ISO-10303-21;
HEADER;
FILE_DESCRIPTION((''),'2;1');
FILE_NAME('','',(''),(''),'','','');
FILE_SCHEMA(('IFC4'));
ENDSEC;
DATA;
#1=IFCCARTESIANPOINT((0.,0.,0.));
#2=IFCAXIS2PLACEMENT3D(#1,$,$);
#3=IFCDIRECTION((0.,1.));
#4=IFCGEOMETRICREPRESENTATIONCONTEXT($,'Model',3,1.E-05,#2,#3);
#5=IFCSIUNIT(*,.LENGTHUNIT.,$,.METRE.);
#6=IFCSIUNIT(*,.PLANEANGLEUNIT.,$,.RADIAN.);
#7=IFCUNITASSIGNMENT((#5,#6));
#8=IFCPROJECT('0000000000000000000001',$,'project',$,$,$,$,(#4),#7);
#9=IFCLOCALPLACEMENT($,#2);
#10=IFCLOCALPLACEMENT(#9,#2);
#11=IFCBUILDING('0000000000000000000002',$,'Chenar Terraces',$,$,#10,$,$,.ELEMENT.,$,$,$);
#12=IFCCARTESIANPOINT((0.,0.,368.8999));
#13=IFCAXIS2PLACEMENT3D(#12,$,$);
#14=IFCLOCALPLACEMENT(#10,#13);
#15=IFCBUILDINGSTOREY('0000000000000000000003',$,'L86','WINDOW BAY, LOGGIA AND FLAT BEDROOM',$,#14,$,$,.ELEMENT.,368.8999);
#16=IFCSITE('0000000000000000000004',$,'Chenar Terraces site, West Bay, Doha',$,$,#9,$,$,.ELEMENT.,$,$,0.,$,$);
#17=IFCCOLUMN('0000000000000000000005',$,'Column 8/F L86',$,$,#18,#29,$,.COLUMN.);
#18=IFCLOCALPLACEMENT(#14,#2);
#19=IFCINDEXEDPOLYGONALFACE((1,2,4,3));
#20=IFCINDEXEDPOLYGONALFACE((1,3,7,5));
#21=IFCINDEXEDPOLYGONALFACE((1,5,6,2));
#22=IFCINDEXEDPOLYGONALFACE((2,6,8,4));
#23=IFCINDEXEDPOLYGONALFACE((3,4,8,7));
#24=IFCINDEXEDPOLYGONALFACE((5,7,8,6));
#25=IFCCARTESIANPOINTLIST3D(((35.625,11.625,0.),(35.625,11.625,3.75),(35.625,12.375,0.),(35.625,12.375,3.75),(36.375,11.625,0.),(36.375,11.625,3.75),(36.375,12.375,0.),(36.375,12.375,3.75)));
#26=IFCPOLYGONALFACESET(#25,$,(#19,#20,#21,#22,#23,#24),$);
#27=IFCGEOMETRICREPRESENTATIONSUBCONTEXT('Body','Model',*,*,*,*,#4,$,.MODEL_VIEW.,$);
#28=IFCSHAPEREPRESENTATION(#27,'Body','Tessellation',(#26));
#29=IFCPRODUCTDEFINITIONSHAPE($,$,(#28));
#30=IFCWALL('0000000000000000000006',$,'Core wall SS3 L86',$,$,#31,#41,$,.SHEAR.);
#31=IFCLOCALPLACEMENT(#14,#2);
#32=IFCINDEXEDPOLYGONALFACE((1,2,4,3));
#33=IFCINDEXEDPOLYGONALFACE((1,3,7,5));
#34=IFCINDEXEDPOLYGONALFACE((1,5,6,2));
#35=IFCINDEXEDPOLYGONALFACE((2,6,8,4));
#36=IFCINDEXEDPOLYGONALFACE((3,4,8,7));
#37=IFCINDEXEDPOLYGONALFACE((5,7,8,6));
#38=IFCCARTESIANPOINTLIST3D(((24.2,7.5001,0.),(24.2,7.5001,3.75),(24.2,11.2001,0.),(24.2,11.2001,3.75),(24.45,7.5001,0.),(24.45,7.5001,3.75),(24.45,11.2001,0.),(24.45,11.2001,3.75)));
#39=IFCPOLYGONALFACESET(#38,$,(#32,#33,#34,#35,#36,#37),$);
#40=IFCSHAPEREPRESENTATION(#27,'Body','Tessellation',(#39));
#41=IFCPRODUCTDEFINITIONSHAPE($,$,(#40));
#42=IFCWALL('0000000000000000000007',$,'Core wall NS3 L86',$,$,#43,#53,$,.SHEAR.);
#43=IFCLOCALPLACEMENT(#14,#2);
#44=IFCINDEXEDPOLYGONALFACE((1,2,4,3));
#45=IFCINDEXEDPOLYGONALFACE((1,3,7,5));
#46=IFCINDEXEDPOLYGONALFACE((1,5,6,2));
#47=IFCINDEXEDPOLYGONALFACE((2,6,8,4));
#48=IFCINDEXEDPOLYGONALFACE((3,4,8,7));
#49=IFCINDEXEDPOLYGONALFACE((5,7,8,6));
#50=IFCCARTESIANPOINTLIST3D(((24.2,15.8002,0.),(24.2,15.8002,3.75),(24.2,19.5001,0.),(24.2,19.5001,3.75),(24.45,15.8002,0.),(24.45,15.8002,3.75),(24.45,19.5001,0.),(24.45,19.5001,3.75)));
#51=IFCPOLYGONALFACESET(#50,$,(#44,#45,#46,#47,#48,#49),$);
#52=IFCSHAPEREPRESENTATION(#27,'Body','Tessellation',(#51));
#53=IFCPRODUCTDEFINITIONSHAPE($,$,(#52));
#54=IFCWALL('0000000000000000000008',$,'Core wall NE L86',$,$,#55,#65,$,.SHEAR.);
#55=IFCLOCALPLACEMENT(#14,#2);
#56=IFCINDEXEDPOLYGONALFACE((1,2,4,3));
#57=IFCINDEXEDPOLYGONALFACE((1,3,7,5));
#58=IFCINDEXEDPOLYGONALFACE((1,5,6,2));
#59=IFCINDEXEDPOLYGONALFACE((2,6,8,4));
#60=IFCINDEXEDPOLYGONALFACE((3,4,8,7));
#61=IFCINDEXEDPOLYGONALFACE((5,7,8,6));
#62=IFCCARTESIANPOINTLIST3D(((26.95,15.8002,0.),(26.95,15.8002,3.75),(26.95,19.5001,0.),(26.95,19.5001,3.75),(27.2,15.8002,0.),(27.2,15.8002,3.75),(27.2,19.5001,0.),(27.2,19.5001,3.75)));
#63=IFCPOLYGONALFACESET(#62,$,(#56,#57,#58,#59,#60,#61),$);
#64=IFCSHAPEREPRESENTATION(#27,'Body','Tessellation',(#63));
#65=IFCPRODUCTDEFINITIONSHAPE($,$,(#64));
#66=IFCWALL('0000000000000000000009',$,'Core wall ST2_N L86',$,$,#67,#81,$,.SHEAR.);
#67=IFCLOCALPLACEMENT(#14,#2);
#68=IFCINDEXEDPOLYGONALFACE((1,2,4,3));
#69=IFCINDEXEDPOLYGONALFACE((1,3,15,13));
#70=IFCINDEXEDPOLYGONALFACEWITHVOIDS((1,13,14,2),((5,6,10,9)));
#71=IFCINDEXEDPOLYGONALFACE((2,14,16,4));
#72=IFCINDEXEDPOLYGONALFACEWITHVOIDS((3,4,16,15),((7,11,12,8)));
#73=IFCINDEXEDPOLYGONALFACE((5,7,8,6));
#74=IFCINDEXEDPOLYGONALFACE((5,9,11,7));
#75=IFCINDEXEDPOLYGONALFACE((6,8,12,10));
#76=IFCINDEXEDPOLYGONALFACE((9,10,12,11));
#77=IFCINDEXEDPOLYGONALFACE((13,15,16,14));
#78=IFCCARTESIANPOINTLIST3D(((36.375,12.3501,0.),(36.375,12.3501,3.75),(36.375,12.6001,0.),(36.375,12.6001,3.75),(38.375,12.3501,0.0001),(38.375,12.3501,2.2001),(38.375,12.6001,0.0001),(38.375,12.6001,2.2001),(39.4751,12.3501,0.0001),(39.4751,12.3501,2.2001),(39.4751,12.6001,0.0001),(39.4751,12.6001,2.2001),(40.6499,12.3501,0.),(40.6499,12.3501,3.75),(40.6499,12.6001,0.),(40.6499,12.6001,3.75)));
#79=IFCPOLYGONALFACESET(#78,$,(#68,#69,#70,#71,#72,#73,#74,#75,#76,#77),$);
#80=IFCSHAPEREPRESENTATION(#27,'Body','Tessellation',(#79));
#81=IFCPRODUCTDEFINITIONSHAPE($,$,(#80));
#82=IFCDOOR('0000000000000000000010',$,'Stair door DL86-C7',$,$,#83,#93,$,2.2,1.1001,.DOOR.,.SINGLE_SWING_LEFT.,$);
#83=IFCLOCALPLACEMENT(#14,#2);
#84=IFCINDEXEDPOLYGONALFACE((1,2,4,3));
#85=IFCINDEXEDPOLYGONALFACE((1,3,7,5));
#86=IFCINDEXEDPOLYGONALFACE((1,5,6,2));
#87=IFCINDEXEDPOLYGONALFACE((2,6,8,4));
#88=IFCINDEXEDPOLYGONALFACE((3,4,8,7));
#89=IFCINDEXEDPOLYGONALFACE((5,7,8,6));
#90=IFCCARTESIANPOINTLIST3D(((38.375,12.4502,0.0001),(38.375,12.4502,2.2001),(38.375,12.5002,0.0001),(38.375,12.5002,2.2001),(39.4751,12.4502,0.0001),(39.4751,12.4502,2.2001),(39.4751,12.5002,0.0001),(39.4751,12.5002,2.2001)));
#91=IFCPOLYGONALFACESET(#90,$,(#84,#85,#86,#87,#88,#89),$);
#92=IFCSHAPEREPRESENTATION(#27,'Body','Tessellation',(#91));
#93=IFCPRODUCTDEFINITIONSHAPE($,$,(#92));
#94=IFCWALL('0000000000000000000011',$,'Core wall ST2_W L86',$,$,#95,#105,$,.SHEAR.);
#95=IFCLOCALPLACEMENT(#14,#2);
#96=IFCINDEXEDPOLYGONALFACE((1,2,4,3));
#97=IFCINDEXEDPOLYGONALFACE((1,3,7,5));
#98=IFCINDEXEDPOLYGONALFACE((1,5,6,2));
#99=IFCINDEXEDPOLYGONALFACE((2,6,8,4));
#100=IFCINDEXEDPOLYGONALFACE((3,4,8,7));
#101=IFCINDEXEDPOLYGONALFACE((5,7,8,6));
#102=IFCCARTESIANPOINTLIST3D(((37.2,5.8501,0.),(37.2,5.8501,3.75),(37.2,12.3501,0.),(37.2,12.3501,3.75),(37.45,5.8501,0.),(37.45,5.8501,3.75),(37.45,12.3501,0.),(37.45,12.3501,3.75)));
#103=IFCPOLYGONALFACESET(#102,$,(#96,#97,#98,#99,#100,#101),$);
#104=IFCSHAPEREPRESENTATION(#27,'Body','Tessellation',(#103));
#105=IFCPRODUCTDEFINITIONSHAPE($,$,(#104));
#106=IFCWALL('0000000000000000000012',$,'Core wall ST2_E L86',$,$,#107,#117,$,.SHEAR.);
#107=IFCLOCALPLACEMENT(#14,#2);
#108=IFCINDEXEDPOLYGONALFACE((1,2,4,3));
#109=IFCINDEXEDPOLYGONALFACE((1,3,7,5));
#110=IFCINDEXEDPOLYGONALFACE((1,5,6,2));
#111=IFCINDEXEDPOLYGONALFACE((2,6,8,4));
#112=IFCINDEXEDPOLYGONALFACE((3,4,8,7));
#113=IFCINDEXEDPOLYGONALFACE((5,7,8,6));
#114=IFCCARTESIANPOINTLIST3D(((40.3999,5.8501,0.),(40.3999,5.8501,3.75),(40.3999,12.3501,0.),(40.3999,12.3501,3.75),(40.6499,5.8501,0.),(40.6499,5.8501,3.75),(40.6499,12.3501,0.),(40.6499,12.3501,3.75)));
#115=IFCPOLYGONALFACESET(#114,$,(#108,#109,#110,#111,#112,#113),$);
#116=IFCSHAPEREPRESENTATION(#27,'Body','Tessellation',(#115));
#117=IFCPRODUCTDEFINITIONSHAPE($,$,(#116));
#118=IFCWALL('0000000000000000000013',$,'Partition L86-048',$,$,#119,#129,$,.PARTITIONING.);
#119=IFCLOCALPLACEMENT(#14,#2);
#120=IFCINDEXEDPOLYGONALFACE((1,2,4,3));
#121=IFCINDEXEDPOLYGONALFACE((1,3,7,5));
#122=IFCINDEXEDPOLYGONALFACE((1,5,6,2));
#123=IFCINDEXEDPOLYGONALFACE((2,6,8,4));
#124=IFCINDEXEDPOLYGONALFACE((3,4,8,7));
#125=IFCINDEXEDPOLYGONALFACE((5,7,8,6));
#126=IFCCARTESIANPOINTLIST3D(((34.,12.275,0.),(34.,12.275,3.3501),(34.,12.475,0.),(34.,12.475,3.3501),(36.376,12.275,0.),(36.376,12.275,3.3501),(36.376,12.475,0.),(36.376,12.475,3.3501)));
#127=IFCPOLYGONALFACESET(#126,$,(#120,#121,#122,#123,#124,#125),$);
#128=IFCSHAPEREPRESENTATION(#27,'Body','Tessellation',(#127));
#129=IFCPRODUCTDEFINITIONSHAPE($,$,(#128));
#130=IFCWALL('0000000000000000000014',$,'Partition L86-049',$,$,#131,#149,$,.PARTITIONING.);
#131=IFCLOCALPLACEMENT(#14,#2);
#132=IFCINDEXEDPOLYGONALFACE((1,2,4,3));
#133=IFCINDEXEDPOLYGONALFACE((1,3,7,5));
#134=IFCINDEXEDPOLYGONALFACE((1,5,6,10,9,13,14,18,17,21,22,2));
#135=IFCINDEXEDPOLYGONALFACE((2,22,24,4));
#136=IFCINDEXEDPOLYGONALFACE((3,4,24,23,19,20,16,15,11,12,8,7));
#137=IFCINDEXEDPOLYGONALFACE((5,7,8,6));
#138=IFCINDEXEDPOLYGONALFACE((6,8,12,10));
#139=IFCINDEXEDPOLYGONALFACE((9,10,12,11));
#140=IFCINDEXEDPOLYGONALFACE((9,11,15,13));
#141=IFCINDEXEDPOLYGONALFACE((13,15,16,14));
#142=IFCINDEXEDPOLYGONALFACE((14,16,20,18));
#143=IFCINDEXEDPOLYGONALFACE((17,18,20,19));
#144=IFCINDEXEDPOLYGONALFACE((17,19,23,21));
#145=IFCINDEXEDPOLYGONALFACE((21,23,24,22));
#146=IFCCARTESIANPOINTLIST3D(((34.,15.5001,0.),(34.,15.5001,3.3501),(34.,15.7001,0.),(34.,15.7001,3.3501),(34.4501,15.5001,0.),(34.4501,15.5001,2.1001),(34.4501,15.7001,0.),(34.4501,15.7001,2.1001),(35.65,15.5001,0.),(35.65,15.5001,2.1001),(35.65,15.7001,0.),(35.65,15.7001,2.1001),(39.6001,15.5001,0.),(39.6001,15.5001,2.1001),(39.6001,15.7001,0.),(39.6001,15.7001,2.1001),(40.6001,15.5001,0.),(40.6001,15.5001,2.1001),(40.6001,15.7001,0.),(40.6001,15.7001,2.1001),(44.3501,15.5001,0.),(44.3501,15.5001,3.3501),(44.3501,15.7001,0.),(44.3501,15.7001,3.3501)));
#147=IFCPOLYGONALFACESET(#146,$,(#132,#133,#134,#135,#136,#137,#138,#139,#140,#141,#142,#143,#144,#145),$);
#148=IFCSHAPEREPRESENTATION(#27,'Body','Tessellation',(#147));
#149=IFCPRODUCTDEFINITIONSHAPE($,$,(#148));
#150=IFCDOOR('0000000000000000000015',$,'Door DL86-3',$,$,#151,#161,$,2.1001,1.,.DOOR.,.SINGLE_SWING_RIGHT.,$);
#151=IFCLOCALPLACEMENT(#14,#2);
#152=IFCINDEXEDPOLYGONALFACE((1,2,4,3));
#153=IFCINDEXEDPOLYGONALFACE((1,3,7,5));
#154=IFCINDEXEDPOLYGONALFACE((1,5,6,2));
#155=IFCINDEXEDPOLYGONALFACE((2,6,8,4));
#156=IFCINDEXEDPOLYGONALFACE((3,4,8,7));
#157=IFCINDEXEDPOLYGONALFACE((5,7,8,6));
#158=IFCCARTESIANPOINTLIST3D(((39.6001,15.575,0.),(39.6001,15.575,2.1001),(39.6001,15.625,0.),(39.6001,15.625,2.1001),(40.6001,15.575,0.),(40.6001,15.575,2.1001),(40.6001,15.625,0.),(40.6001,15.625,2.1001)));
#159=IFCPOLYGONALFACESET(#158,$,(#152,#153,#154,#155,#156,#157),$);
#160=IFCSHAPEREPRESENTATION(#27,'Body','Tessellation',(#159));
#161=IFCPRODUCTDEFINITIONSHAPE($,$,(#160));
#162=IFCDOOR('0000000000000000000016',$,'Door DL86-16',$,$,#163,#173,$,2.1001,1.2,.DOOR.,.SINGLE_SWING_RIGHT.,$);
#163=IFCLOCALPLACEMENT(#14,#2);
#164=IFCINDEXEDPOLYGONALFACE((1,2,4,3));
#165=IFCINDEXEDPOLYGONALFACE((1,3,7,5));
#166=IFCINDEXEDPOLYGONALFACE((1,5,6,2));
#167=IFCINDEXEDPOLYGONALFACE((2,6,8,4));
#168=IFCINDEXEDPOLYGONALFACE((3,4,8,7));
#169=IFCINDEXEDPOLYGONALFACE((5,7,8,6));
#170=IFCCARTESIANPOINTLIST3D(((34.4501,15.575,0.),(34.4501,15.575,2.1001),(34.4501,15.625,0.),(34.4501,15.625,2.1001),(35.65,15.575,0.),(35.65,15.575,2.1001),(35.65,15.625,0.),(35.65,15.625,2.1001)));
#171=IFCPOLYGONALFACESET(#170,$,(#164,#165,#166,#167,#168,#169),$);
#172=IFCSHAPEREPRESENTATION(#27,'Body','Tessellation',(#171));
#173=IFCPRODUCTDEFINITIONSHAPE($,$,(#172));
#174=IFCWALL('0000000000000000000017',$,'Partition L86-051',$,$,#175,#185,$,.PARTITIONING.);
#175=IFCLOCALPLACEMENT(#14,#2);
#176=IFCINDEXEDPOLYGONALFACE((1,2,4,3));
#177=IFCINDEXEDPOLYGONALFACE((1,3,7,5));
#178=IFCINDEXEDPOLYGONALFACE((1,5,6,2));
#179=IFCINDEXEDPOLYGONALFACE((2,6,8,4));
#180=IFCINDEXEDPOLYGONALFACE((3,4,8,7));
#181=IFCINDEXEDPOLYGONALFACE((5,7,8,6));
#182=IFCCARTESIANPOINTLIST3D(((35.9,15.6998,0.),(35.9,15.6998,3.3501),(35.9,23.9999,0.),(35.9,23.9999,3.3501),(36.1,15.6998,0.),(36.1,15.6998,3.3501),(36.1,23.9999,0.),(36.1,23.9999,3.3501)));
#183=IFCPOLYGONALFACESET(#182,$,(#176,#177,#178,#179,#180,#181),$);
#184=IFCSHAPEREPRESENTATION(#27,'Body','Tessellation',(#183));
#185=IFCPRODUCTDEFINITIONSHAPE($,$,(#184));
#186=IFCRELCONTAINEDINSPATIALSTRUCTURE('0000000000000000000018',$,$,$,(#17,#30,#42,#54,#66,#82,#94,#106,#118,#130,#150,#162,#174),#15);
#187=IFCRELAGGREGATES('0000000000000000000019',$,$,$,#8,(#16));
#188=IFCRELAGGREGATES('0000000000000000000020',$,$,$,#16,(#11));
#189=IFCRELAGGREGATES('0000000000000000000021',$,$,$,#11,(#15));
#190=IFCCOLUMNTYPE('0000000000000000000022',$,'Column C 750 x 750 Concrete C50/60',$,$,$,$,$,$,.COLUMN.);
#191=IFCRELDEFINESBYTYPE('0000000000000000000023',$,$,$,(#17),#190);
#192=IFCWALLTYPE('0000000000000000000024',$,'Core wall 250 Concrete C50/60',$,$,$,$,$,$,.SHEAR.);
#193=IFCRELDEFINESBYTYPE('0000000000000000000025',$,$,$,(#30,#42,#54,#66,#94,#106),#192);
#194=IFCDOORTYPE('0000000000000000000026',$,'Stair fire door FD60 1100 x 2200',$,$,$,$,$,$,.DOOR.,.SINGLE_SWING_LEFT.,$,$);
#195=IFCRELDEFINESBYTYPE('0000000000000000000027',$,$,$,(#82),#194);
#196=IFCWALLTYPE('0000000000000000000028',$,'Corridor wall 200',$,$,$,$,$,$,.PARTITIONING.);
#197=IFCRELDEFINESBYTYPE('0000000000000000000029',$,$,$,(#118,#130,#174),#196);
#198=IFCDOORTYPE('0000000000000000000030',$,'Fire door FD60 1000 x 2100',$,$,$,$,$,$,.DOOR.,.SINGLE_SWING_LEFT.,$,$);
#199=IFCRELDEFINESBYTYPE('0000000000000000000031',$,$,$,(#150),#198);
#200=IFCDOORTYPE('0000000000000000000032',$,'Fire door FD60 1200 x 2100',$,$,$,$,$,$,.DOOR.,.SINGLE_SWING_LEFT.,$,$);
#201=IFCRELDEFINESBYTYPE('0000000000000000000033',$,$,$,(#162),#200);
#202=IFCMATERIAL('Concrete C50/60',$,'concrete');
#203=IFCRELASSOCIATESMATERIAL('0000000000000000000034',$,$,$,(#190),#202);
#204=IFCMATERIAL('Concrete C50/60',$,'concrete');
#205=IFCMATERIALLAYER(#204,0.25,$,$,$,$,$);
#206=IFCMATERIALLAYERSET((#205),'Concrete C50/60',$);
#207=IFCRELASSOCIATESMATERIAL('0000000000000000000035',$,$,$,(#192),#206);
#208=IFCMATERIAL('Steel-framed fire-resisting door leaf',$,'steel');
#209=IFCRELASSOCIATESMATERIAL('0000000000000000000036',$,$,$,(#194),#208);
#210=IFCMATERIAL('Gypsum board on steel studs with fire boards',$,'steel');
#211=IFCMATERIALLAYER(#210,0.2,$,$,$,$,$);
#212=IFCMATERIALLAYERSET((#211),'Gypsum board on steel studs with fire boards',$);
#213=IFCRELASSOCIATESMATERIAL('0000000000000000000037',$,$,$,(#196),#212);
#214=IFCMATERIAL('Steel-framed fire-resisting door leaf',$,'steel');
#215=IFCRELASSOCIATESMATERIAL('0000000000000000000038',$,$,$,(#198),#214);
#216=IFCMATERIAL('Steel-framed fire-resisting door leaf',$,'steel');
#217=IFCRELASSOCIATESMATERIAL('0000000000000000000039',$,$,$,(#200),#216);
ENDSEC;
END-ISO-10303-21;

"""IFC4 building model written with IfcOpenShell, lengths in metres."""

from ifc_helpers import new_model, si_unit, direction, frame, frame_2d, origin, origin_2d, place, context, subcontext, project, spatial, rectangle, extrude, material, layer, layer_set, material_profile, profile_set, type_object, element, fill, save


model = new_model("IFC4")

# Units and contexts
model_context = context("Model", 3, precision=1e-05, world=origin(), true_north=direction((0.0, 1.0)))
body_context = subcontext(model_context, "Body", "Model", "MODEL_VIEW")
ifc_project = project(units=[si_unit("LENGTHUNIT", "METRE"), si_unit("PLANEANGLEUNIT", "RADIAN")], contexts=[model_context])

# Site, building, storey
site_placement = place(None, origin())
site = spatial("IfcSite", under=ifc_project, at=site_placement, Name="Chenar Terraces site, West Bay, Doha", CompositionType="ELEMENT", RefElevation=0.0)
building_placement = place(site_placement, origin())
building = spatial("IfcBuilding", under=site, at=building_placement, Name="Chenar Terraces", CompositionType="ELEMENT")
storey_placement = place(building_placement, frame((0.0, 0.0, 368.8999)))
storey = spatial("IfcBuildingStorey", under=building, at=storey_placement, Name="L86", Description="WINDOW BAY, LOGGIA AND FLAT BEDROOM", CompositionType="ELEMENT", Elevation=368.8999)

# Column
ifc_material_1 = material(Name="Concrete C50/60", Category="concrete")
ifc_material_profile = material_profile(ifc_material_1, rectangle(XDim=0.75, YDim=0.75, at=origin_2d()), Name="C 750 x 750")
ifc_profile_set = profile_set([ifc_material_profile], Name="Concrete C50/60")
column_type = type_object("IfcColumnType", Name="Column C 750 x 750 Concrete C50/60", PredefinedType="COLUMN", material=ifc_profile_set)
column_placement = place(storey_placement, frame((36.0, 12.0, 0.0), z_axis=(0.0, 0.0, 1.0), x_axis=(1.0, 0.0, 0.0)))
element("IfcColumn", 1, at=column_placement, inside=storey, type_object=column_type, Name="Column 8/F L86", PredefinedType="COLUMN", context=body_context, shape_type="SweptSolid", body=[
    extrude(rectangle(XDim=0.75, YDim=0.75, at=origin_2d()), origin(), (0.0, 0.0, 1.0), 3.75),
])

# Walls
ifc_material_2 = material(Name="Concrete C50/60", Category="concrete")
ifc_layer_1 = layer(ifc_material_2, 0.25)
ifc_layer_set_1 = layer_set([ifc_layer_1], Name="Concrete C50/60")
wall_type_1 = type_object("IfcWallType", Name="Core wall 250 Concrete C50/60", PredefinedType="SHEAR", material=ifc_layer_set_1)
for number, where, z_axis, x_axis, name in (
    (2, (24.325, 7.5, 0.0), (0.0, 0.0, 1.0), (0.0, 1.0, 0.0), "Core wall SS3 L86"),
    (3, (24.325, 15.8, 0.0), (0.0, 0.0, 1.0), (0.0, 1.0, 0.0), "Core wall NS3 L86"),
    (4, (27.075, 15.8, 0.0), (0.0, 0.0, 1.0), (0.0, 1.0, 0.0), "Core wall NE L86"),
):
    element("IfcWall", number, at=place(storey_placement, frame(where, z_axis=z_axis, x_axis=x_axis)), inside=storey, type_object=wall_type_1, Name=name, PredefinedType="SHEAR", context=body_context, shape_type="SweptSolid", body=[
        extrude(rectangle(XDim=3.7, YDim=0.25, at=frame_2d((1.8501, 0.0))), origin(), (0.0, 0.0, 1.0), 3.75),
    ])

# Wall, opening, door
wall_1_placement = place(storey_placement, frame((36.375, 12.4751, 0.0), z_axis=(0.0, 0.0, 1.0), x_axis=(1.0, 0.0, 0.0)))
wall_1 = element("IfcWall", 5, at=wall_1_placement, inside=storey, type_object=wall_type_1, Name="Core wall ST2_N L86", PredefinedType="SHEAR", context=body_context, shape_type="SweptSolid", body=[
    extrude(rectangle(XDim=4.2749, YDim=0.25, at=frame_2d((2.1375, 0.0))), origin(), (0.0, 0.0, 1.0), 3.75),
])
opening_1_placement = place(wall_1_placement, frame((2.0, 0.0, 0.0)))
opening_1 = element("IfcOpeningElement", 6, at=opening_1_placement, cuts=wall_1, PredefinedType="OPENING", context=body_context, shape_type="SweptSolid", body=[
    extrude(rectangle(XDim=1.1001, YDim=2.2, at=frame_2d((0.55, 1.1001))), frame((0.0, 0.135, 0.0), z_axis=(0.0, -1.0, 0.0), x_axis=(1.0, 0.0, 0.0)), (0.0, 0.0, 1.0), 0.27),
])
ifc_material_3 = material(Name="Steel-framed fire-resisting door leaf", Category="steel")
door_type_1 = type_object("IfcDoorType", Name="Stair fire door FD60 1100 x 2200", OperationType="SINGLE_SWING_LEFT", PredefinedType="DOOR", material=ifc_material_3)
door_1_placement = place(opening_1_placement, frame((1.1001, 0.0, 0.0), z_axis=(0.0, 0.0, 1.0), x_axis=(-1.0, 0.0, 0.0)))
door_1 = element("IfcDoor", 7, at=door_1_placement, inside=storey, type_object=door_type_1, Name="Stair door DL86-C7", OperationType="SINGLE_SWING_LEFT", OverallHeight=2.2, OverallWidth=1.1001, PredefinedType="DOOR", context=body_context, shape_type="SweptSolid", body=[
    extrude(rectangle(XDim=1.1001, YDim=2.2, at=frame_2d((0.55, 1.1001))), frame((0.0, 0.0249, 0.0), z_axis=(0.0, -1.0, 0.0), x_axis=(1.0, 0.0, 0.0)), (0.0, 0.0, 1.0), 0.05),
])
fill(opening_1, door_1)

# Walls
for number, where, z_axis, x_axis, name in (
    (8, (37.325, 5.8501, 0.0), (0.0, 0.0, 1.0), (0.0, 1.0, 0.0), "Core wall ST2_W L86"),
    (9, (40.5249, 5.8501, 0.0), (0.0, 0.0, 1.0), (0.0, 1.0, 0.0), "Core wall ST2_E L86"),
):
    element("IfcWall", number, at=place(storey_placement, frame(where, z_axis=z_axis, x_axis=x_axis)), inside=storey, type_object=wall_type_1, Name=name, PredefinedType="SHEAR", context=body_context, shape_type="SweptSolid", body=[
        extrude(rectangle(XDim=6.5, YDim=0.25, at=frame_2d((3.25, 0.0))), origin(), (0.0, 0.0, 1.0), 3.75),
    ])

# Wall
ifc_material_4 = material(Name="Gypsum board on steel studs with fire boards", Category="steel")
ifc_layer_2 = layer(ifc_material_4, 0.2)
ifc_layer_set_2 = layer_set([ifc_layer_2], Name="Gypsum board on steel studs with fire boards")
wall_type_2 = type_object("IfcWallType", Name="Corridor wall 200", PredefinedType="PARTITIONING", material=ifc_layer_set_2)
wall_2_placement = place(storey_placement, frame((34.0, 12.375, 0.0), z_axis=(0.0, 0.0, 1.0), x_axis=(1.0, 0.0, 0.0)))
element("IfcWall", 10, at=wall_2_placement, inside=storey, type_object=wall_type_2, Name="Partition L86-048", PredefinedType="PARTITIONING", context=body_context, shape_type="SweptSolid", body=[
    extrude(rectangle(XDim=2.376, YDim=0.2, at=frame_2d((1.188, 0.0))), origin(), (0.0, 0.0, 1.0), 3.3501),
])

# Wall, openings, doors
wall_3_placement = place(storey_placement, frame((34.0, 15.6001, 0.0), z_axis=(0.0, 0.0, 1.0), x_axis=(1.0, 0.0, 0.0)))
wall_3 = element("IfcWall", 11, at=wall_3_placement, inside=storey, type_object=wall_type_2, Name="Partition L86-049", PredefinedType="PARTITIONING", context=body_context, shape_type="SweptSolid", body=[
    extrude(rectangle(XDim=10.3501, YDim=0.2, at=frame_2d((5.175, 0.0))), origin(), (0.0, 0.0, 1.0), 3.3501),
])
opening_2_placement = place(wall_3_placement, frame((5.6001, 0.0, 0.0)))
opening_2 = element("IfcOpeningElement", 12, at=opening_2_placement, cuts=wall_3, PredefinedType="OPENING", context=body_context, shape_type="SweptSolid", body=[
    extrude(rectangle(XDim=1.0, YDim=2.1001, at=frame_2d((0.5, 1.05))), frame((0.0, 0.1099, 0.0), z_axis=(0.0, -1.0, 0.0), x_axis=(1.0, 0.0, 0.0)), (0.0, 0.0, 1.0), 0.22),
])
opening_3_placement = place(wall_3_placement, frame((0.45, 0.0, 0.0)))
opening_3 = element("IfcOpeningElement", 13, at=opening_3_placement, cuts=wall_3, PredefinedType="OPENING", context=body_context, shape_type="SweptSolid", body=[
    extrude(rectangle(XDim=1.2, YDim=2.1001, at=frame_2d((0.6001, 1.05))), frame((0.0, 0.1099, 0.0), z_axis=(0.0, -1.0, 0.0), x_axis=(1.0, 0.0, 0.0)), (0.0, 0.0, 1.0), 0.22),
])
ifc_material_5 = material(Name="Steel-framed fire-resisting door leaf", Category="steel")
door_type_2 = type_object("IfcDoorType", Name="Fire door FD60 1000 x 2100", OperationType="SINGLE_SWING_LEFT", PredefinedType="DOOR", material=ifc_material_5)
door_2_placement = place(opening_2_placement, origin())
door_2 = element("IfcDoor", 14, at=door_2_placement, inside=storey, type_object=door_type_2, Name="Door DL86-3", OperationType="SINGLE_SWING_RIGHT", OverallHeight=2.1001, OverallWidth=1.0, PredefinedType="DOOR", context=body_context, shape_type="SweptSolid", body=[
    extrude(rectangle(XDim=1.0, YDim=2.1001, at=frame_2d((0.5, 1.05))), frame((0.0, 0.0249, 0.0), z_axis=(0.0, -1.0, 0.0), x_axis=(1.0, 0.0, 0.0)), (0.0, 0.0, 1.0), 0.05),
])
fill(opening_2, door_2)
ifc_material_6 = material(Name="Steel-framed fire-resisting door leaf", Category="steel")
door_type_3 = type_object("IfcDoorType", Name="Fire door FD60 1200 x 2100", OperationType="SINGLE_SWING_LEFT", PredefinedType="DOOR", material=ifc_material_6)
door_3_placement = place(opening_3_placement, origin())
door_3 = element("IfcDoor", 15, at=door_3_placement, inside=storey, type_object=door_type_3, Name="Door DL86-16", OperationType="SINGLE_SWING_RIGHT", OverallHeight=2.1001, OverallWidth=1.2, PredefinedType="DOOR", context=body_context, shape_type="SweptSolid", body=[
    extrude(rectangle(XDim=1.2, YDim=2.1001, at=frame_2d((0.6001, 1.05))), frame((0.0, 0.0249, 0.0), z_axis=(0.0, -1.0, 0.0), x_axis=(1.0, 0.0, 0.0)), (0.0, 0.0, 1.0), 0.05),
])
fill(opening_3, door_3)

# Wall
wall_4_placement = place(storey_placement, frame((36.0, 15.7, 0.0), z_axis=(0.0, 0.0, 1.0), x_axis=(0.0, 1.0, 0.0)))
element("IfcWall", 16, at=wall_4_placement, inside=storey, type_object=wall_type_2, Name="Partition L86-051", PredefinedType="PARTITIONING", context=body_context, shape_type="SweptSolid", body=[
    extrude(rectangle(XDim=8.3, YDim=0.2, at=frame_2d((4.1499, 0.0))), origin(), (0.0, 0.0, 1.0), 3.3501),
])

save(model, "model.ifc")
